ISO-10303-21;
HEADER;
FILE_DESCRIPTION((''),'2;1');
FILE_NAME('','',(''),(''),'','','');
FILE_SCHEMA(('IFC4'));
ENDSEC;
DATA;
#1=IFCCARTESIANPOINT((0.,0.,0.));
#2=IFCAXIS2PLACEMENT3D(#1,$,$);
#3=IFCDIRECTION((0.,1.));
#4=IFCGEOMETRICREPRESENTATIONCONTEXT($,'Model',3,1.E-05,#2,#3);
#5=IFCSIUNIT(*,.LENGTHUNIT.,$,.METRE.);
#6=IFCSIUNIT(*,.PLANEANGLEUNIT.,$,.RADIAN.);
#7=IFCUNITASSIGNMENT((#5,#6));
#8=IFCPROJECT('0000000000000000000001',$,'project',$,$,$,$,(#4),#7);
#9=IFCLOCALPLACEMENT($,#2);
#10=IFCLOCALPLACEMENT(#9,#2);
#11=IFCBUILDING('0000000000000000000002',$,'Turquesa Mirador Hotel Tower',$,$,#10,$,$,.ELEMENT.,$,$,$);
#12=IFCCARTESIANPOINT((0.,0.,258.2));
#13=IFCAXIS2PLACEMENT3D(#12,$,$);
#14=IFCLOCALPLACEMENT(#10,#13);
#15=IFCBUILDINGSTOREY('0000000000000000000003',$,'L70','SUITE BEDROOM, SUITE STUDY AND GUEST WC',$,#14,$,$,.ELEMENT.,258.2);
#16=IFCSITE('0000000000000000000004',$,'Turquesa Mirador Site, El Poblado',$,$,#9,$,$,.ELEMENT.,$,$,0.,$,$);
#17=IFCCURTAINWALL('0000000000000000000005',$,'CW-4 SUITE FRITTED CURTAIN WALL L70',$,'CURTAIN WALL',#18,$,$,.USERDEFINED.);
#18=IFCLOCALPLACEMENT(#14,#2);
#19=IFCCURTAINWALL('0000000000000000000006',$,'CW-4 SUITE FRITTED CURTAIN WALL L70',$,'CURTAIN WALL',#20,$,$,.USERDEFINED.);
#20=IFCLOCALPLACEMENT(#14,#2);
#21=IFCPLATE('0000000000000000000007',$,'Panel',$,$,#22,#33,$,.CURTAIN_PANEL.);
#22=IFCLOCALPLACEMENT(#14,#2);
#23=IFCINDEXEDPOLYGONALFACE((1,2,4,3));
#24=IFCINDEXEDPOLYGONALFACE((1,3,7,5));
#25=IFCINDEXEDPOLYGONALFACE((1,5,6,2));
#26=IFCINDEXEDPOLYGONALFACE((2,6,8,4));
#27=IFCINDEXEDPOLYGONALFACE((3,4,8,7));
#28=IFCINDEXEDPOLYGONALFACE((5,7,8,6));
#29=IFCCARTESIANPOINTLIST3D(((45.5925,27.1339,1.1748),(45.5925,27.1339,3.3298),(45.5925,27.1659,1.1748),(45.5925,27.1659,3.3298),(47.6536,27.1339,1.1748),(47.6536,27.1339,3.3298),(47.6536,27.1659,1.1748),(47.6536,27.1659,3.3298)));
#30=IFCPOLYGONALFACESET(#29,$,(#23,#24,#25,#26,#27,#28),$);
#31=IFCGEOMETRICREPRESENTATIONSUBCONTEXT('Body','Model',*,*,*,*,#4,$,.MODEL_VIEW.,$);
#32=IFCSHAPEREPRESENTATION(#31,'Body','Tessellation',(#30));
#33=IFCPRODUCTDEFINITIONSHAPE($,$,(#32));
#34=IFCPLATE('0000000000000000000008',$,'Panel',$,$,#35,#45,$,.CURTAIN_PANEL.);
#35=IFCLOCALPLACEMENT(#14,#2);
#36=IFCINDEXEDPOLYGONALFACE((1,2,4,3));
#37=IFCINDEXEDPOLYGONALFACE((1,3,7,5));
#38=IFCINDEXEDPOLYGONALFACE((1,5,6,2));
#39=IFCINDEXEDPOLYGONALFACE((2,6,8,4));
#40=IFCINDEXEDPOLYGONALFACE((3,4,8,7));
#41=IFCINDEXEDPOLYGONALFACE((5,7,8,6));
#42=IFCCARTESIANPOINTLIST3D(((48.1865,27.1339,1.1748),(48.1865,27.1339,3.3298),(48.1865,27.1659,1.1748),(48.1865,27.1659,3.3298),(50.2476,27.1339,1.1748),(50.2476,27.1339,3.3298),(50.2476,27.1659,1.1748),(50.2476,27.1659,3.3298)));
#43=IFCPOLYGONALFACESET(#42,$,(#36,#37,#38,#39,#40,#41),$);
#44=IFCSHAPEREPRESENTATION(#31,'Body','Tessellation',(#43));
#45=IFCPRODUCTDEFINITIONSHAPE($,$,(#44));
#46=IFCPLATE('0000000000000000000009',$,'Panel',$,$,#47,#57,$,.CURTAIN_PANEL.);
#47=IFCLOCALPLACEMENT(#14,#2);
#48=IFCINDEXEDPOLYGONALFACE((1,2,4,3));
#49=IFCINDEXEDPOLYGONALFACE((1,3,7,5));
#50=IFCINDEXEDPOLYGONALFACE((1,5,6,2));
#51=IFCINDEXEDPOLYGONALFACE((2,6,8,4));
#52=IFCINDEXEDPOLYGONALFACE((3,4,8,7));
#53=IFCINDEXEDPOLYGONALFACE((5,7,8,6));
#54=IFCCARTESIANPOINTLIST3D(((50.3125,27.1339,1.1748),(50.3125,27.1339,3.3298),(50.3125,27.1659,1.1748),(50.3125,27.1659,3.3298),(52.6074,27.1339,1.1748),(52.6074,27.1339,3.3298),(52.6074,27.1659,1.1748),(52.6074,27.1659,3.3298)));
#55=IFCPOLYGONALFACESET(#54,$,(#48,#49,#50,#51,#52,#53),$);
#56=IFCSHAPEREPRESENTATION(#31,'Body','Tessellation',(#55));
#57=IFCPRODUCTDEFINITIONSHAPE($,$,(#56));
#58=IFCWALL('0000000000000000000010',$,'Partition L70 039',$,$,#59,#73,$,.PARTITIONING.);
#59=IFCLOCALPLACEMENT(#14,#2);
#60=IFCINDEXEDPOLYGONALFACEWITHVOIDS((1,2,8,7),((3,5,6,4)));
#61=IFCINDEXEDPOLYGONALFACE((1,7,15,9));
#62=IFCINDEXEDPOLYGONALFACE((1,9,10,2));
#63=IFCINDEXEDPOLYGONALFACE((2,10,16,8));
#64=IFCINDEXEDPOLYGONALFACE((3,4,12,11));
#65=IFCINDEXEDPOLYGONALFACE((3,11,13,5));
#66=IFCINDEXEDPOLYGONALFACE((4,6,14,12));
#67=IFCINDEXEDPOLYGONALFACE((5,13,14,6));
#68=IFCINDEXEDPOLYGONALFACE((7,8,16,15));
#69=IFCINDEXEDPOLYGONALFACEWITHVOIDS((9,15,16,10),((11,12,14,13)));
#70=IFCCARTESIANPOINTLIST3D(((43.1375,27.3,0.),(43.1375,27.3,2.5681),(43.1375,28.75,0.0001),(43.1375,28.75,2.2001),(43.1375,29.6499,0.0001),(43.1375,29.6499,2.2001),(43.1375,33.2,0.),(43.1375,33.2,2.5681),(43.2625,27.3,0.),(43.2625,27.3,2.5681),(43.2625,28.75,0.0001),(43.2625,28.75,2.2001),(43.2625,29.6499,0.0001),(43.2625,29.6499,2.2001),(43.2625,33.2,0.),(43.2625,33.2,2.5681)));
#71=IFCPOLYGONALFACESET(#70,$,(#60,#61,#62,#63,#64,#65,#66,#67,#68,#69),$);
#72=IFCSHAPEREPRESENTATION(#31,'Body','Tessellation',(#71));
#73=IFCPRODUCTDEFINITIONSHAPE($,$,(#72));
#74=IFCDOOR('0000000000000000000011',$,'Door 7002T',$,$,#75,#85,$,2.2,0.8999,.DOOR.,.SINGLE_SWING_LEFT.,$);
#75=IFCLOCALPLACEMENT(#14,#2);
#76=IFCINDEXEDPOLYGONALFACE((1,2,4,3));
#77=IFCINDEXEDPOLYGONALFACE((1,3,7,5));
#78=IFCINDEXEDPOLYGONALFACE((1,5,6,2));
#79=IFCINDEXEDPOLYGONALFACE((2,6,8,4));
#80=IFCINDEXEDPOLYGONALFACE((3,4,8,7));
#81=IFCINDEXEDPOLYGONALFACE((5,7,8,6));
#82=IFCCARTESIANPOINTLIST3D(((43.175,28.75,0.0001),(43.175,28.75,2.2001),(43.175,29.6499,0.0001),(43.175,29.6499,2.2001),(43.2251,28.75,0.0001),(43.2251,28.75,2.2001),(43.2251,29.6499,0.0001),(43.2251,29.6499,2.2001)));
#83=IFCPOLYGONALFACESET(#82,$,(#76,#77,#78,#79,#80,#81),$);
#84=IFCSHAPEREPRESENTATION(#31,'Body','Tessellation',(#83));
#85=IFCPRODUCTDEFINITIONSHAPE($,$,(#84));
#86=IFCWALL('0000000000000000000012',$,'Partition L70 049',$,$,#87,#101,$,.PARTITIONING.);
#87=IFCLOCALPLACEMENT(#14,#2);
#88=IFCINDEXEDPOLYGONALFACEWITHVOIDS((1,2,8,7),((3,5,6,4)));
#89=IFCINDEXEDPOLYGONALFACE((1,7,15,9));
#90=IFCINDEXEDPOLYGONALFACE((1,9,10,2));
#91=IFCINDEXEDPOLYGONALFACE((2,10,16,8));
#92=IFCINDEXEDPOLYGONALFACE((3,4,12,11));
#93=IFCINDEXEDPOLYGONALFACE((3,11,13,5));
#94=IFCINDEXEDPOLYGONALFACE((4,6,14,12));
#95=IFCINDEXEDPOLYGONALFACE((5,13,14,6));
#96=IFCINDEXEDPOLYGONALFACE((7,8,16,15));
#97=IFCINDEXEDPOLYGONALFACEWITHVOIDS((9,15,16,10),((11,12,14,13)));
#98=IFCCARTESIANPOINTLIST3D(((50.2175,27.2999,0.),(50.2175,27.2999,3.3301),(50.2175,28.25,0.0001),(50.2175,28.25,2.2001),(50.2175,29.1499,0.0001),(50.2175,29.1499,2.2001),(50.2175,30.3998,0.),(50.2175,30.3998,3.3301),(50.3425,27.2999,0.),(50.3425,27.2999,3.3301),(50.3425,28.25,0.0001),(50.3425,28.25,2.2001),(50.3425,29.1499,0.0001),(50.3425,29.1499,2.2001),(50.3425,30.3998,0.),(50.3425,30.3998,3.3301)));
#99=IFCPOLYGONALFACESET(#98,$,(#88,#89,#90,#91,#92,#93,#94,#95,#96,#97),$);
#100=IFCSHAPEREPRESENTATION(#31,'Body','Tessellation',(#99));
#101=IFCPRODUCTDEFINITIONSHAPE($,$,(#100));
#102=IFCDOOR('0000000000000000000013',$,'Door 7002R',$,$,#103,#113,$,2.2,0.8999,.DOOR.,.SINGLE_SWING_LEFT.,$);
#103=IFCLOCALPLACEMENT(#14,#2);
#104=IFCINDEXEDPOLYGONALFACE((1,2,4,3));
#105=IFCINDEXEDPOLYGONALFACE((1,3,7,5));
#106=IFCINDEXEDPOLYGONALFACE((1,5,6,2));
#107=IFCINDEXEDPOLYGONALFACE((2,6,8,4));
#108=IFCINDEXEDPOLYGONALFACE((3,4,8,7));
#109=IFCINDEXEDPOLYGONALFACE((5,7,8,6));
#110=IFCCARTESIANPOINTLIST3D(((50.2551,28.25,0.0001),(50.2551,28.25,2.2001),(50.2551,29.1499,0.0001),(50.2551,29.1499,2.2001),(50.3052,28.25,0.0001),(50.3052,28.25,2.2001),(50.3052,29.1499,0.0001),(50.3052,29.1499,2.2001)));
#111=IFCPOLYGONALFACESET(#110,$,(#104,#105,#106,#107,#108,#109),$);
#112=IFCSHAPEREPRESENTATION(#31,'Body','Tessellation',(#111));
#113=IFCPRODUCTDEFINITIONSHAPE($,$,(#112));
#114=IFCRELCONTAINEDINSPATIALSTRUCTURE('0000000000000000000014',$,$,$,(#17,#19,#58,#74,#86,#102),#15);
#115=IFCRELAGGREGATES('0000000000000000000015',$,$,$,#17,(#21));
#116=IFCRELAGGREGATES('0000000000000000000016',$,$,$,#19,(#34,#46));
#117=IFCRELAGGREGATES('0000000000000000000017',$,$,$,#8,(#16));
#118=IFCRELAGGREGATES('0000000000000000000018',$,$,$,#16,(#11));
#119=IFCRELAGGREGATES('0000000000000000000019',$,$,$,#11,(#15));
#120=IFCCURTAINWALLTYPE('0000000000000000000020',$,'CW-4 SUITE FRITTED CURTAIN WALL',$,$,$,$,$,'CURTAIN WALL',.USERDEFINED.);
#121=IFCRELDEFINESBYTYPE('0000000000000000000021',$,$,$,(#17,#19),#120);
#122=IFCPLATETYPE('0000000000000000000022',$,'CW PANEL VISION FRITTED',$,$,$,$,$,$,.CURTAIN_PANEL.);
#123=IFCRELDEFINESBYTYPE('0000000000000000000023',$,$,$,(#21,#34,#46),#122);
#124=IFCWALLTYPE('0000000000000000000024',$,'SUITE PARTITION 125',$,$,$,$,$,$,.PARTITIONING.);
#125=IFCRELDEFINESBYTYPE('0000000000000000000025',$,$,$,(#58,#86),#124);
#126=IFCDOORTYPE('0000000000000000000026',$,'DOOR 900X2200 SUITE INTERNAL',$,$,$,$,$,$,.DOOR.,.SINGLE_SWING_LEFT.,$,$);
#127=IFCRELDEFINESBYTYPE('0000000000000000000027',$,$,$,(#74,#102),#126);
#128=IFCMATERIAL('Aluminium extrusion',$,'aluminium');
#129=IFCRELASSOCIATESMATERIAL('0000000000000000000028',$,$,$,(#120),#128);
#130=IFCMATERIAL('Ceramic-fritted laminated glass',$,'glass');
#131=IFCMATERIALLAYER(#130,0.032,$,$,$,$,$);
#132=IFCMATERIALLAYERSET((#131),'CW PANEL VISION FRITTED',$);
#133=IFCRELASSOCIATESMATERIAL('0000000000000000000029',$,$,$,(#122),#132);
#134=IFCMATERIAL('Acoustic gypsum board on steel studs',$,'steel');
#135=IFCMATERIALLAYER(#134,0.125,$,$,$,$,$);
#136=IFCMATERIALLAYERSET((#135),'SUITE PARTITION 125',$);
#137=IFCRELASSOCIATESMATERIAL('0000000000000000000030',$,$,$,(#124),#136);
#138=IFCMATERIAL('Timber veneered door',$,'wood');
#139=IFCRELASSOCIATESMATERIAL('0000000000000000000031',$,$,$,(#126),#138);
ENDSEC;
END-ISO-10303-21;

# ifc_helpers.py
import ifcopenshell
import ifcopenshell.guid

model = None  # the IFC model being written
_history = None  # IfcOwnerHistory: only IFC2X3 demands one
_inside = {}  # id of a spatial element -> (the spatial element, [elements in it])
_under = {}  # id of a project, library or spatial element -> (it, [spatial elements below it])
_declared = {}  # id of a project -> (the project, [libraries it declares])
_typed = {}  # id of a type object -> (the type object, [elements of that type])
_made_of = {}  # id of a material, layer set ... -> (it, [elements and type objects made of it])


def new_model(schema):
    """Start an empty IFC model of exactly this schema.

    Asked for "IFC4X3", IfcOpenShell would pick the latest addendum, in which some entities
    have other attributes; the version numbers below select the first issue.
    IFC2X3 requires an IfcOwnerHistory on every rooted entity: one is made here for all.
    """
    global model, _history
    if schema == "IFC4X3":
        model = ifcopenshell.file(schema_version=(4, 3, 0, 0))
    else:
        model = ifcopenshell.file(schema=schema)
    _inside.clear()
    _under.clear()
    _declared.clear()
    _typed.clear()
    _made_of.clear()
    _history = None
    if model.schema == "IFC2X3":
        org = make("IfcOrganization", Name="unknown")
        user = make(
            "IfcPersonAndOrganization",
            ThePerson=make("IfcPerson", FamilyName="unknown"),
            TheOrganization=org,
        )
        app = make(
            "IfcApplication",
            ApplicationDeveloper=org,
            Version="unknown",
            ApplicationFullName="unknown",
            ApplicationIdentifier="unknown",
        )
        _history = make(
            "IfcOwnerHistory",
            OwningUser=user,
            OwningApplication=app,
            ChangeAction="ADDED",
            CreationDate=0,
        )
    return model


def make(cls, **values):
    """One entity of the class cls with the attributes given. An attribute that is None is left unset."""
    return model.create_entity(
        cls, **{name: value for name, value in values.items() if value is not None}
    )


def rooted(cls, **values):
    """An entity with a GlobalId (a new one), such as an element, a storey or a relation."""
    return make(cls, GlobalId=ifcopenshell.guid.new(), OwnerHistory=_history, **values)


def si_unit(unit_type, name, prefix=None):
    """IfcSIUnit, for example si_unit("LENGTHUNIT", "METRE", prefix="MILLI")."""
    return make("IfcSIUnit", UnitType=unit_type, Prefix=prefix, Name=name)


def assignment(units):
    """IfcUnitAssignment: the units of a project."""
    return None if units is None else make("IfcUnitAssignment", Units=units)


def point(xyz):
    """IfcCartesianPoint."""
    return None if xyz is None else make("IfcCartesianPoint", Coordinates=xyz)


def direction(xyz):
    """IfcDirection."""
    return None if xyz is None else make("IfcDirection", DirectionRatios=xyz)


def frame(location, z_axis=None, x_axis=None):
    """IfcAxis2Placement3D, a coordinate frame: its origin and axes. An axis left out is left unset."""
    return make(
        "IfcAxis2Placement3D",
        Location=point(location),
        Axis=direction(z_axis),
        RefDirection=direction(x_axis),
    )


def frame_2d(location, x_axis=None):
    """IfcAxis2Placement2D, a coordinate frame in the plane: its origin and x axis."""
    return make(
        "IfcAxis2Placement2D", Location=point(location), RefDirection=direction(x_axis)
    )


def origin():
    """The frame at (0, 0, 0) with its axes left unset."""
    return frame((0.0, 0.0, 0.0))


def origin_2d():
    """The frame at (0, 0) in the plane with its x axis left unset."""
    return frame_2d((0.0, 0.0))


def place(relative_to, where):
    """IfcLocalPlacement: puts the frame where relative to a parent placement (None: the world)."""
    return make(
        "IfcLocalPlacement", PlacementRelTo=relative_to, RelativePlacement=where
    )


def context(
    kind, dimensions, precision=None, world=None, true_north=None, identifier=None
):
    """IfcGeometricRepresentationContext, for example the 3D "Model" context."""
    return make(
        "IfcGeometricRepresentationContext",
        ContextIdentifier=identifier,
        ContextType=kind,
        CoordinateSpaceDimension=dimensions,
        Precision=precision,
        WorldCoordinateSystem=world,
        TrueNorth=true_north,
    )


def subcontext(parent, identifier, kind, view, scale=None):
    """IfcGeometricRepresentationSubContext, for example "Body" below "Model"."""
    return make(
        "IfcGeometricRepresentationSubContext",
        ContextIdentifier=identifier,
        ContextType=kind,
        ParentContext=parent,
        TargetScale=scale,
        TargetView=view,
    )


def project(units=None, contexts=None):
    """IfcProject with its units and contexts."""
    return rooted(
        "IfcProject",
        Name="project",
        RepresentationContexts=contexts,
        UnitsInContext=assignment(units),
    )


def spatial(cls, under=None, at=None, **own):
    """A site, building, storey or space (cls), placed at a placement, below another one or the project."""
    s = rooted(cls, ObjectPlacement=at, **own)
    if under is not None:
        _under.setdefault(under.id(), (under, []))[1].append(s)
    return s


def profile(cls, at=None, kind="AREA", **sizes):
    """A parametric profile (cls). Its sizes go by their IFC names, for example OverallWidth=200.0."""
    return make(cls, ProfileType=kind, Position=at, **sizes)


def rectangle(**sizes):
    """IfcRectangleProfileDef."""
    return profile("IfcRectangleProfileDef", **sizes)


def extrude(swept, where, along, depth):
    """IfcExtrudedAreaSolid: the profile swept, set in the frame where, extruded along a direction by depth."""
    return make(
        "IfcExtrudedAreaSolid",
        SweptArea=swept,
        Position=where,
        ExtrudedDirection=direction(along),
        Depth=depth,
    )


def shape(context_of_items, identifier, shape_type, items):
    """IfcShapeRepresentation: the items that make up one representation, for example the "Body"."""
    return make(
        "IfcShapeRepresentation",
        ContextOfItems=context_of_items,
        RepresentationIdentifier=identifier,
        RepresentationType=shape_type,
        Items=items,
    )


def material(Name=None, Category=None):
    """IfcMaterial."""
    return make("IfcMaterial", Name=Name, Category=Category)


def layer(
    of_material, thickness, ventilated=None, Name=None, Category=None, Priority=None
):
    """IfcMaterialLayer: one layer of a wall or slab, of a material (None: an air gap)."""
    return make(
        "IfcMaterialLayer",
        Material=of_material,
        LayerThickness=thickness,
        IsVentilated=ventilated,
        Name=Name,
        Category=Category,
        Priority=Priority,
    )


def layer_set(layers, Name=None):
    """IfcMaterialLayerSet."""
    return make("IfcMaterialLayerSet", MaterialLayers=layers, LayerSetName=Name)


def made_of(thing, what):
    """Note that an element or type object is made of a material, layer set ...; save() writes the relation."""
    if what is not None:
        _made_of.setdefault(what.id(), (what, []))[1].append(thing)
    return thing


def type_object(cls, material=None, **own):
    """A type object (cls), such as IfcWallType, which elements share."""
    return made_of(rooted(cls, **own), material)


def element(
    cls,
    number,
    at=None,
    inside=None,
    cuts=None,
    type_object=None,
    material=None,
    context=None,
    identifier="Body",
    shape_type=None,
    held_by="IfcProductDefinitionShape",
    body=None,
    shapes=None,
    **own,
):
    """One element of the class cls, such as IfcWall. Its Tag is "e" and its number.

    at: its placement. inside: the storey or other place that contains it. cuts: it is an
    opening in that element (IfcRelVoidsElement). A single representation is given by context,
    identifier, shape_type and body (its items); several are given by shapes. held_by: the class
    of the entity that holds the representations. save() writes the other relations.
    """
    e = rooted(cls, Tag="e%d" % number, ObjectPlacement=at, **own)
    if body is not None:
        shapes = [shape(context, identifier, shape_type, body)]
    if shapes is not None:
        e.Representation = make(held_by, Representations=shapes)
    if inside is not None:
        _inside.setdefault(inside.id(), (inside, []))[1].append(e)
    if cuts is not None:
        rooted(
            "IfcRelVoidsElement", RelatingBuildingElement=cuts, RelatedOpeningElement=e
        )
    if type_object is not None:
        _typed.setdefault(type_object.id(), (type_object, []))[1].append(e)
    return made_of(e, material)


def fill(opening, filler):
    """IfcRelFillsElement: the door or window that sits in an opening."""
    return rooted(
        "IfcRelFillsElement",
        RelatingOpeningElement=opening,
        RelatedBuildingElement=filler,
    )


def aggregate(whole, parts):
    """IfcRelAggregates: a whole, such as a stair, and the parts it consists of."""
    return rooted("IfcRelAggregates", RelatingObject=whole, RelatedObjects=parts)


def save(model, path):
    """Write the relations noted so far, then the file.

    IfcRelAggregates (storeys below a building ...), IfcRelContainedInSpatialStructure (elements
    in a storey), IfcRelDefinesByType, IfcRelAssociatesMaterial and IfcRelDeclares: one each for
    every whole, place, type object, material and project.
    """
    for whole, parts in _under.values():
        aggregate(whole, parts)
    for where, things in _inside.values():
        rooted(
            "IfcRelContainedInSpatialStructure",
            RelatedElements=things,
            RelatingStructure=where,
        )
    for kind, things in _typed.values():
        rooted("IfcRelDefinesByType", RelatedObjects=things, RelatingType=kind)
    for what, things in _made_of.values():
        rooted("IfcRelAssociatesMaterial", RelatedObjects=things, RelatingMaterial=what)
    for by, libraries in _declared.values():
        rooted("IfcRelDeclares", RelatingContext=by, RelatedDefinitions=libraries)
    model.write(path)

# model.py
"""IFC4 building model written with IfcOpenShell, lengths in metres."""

from ifc_helpers import new_model, si_unit, direction, frame, frame_2d, origin, origin_2d, place, context, subcontext, project, spatial, rectangle, extrude, material, layer, layer_set, type_object, element, fill, aggregate, save


model = new_model("IFC4")

# Units and contexts
model_context = context("Model", 3, precision=1e-05, world=origin(), true_north=direction((0.0, 1.0)))
body_context = subcontext(model_context, "Body", "Model", "MODEL_VIEW")
ifc_project = project(units=[si_unit("LENGTHUNIT", "METRE"), si_unit("PLANEANGLEUNIT", "RADIAN")], contexts=[model_context])

# Site, building, storey
site_placement = place(None, origin())
site = spatial("IfcSite", under=ifc_project, at=site_placement, Name="Turquesa Mirador Site, El Poblado", CompositionType="ELEMENT", RefElevation=0.0)
building_placement = place(site_placement, origin())
building = spatial("IfcBuilding", under=site, at=building_placement, Name="Turquesa Mirador Hotel Tower", CompositionType="ELEMENT")
storey_placement = place(building_placement, frame((0.0, 0.0, 258.2)))
storey = spatial("IfcBuildingStorey", under=building, at=storey_placement, Name="L70", Description="SUITE BEDROOM, SUITE STUDY AND GUEST WC", CompositionType="ELEMENT", Elevation=258.2)

# Curtain walls
ifc_material_1 = material(Name="Aluminium extrusion", Category="aluminium")
curtain_wall_type = type_object("IfcCurtainWallType", Name="CW-4 SUITE FRITTED CURTAIN WALL", ElementType="CURTAIN WALL", PredefinedType="USERDEFINED", material=ifc_material_1)
curtain_wall_1_placement = place(storey_placement, origin())
curtain_wall_1 = element("IfcCurtainWall", 1, at=curtain_wall_1_placement, inside=storey, type_object=curtain_wall_type, Name="CW-4 SUITE FRITTED CURTAIN WALL L70", ObjectType="CURTAIN WALL", PredefinedType="USERDEFINED")
curtain_wall_2_placement = place(storey_placement, origin())
curtain_wall_2 = element("IfcCurtainWall", 2, at=curtain_wall_2_placement, inside=storey, type_object=curtain_wall_type, Name="CW-4 SUITE FRITTED CURTAIN WALL L70", ObjectType="CURTAIN WALL", PredefinedType="USERDEFINED")

# Plates
ifc_material_2 = material(Name="Ceramic-fritted laminated glass", Category="glass")
ifc_layer_1 = layer(ifc_material_2, 0.032)
ifc_layer_set_1 = layer_set([ifc_layer_1], Name="CW PANEL VISION FRITTED")
plate_type_1 = type_object("IfcPlateType", Name="CW PANEL VISION FRITTED", PredefinedType="CURTAIN_PANEL", material=ifc_layer_set_1)
plate_1_placement = place(storey_placement, frame((46.623, 27.1499, 1.1748), z_axis=(0.0, 0.0, 1.0), x_axis=(1.0, 0.0, 0.0)))
plate_1 = element("IfcPlate", 3, at=plate_1_placement, type_object=plate_type_1, Name="Panel", PredefinedType="CURTAIN_PANEL", context=body_context, shape_type="SweptSolid", body=[
    extrude(rectangle(XDim=2.061, YDim=0.032, at=origin_2d()), origin(), (0.0, 0.0, 1.0), 2.155),
])
aggregate(curtain_wall_1, [plate_1])
plate_2_placement = place(storey_placement, frame((49.217, 27.1499, 1.1748), z_axis=(0.0, 0.0, 1.0), x_axis=(1.0, 0.0, 0.0)))
plate_2 = element("IfcPlate", 4, at=plate_2_placement, type_object=plate_type_1, Name="Panel", PredefinedType="CURTAIN_PANEL", context=body_context, shape_type="SweptSolid", body=[
    extrude(rectangle(XDim=2.061, YDim=0.032, at=origin_2d()), origin(), (0.0, 0.0, 1.0), 2.155),
])
plate_3_placement = place(storey_placement, frame((51.46, 27.1499, 1.1748), z_axis=(0.0, 0.0, 1.0), x_axis=(1.0, 0.0, 0.0)))
plate_3 = element("IfcPlate", 5, at=plate_3_placement, type_object=plate_type_1, Name="Panel", PredefinedType="CURTAIN_PANEL", context=body_context, shape_type="SweptSolid", body=[
    extrude(rectangle(XDim=2.2949, YDim=0.032, at=origin_2d()), origin(), (0.0, 0.0, 1.0), 2.155),
])
aggregate(curtain_wall_2, [plate_2, plate_3])

# Walls, openings, doors
ifc_material_3 = material(Name="Acoustic gypsum board on steel studs", Category="steel")
ifc_layer_2 = layer(ifc_material_3, 0.125)
ifc_layer_set_2 = layer_set([ifc_layer_2], Name="SUITE PARTITION 125")
wall_type = type_object("IfcWallType", Name="SUITE PARTITION 125", PredefinedType="PARTITIONING", material=ifc_layer_set_2)
wall_1_placement = place(storey_placement, frame((43.2, 27.3, 0.0), z_axis=(0.0, 0.0, 1.0), x_axis=(0.0, 1.0, 0.0)))
wall_1 = element("IfcWall", 6, at=wall_1_placement, inside=storey, type_object=wall_type, Name="Partition L70 039", PredefinedType="PARTITIONING", context=body_context, shape_type="SweptSolid", body=[
    extrude(rectangle(XDim=5.8999, YDim=0.125, at=frame_2d((2.95, 0.0))), origin(), (0.0, 0.0, 1.0), 2.5681),
])
opening_1_placement = place(wall_1_placement, frame((1.45, 0.0, 0.0)))
opening_1 = element("IfcOpeningElement", 7, at=opening_1_placement, cuts=wall_1, PredefinedType="OPENING", context=body_context, shape_type="SweptSolid", body=[
    extrude(rectangle(XDim=0.8999, YDim=2.2, at=frame_2d((0.45, 1.1001))), frame((0.0, 0.0725, 0.0), z_axis=(0.0, -1.0, 0.0), x_axis=(1.0, 0.0, 0.0)), (0.0, 0.0, 1.0), 0.145),
])
ifc_material_4 = material(Name="Timber veneered door", Category="wood")
door_type = type_object("IfcDoorType", Name="DOOR 900X2200 SUITE INTERNAL", OperationType="SINGLE_SWING_LEFT", PredefinedType="DOOR", material=ifc_material_4)
door_1_placement = place(opening_1_placement, origin())
door_1 = element("IfcDoor", 8, at=door_1_placement, inside=storey, type_object=door_type, Name="Door 7002T", OperationType="SINGLE_SWING_LEFT", OverallHeight=2.2, OverallWidth=0.8999, PredefinedType="DOOR", context=body_context, shape_type="SweptSolid", body=[
    extrude(rectangle(XDim=0.8999, YDim=2.2, at=frame_2d((0.45, 1.1001))), frame((0.0, 0.0249, 0.0), z_axis=(0.0, -1.0, 0.0), x_axis=(1.0, 0.0, 0.0)), (0.0, 0.0, 1.0), 0.05),
])
fill(opening_1, door_1)
wall_2_placement = place(storey_placement, frame((50.28, 27.3, 0.0), z_axis=(0.0, 0.0, 1.0), x_axis=(0.0, 1.0, 0.0)))
wall_2 = element("IfcWall", 9, at=wall_2_placement, inside=storey, type_object=wall_type, Name="Partition L70 049", PredefinedType="PARTITIONING", context=body_context, shape_type="SweptSolid", body=[
    extrude(rectangle(XDim=3.0999, YDim=0.125, at=frame_2d((1.5498, 0.0))), origin(), (0.0, 0.0, 1.0), 3.3301),
])
opening_2_placement = place(wall_2_placement, frame((0.95, 0.0, 0.0)))
opening_2 = element("IfcOpeningElement", 10, at=opening_2_placement, cuts=wall_2, PredefinedType="OPENING", context=body_context, shape_type="SweptSolid", body=[
    extrude(rectangle(XDim=0.8999, YDim=2.2, at=frame_2d((0.45, 1.1001))), frame((0.0, 0.0725, 0.0), z_axis=(0.0, -1.0, 0.0), x_axis=(1.0, 0.0, 0.0)), (0.0, 0.0, 1.0), 0.145),
])
door_2_placement = place(opening_2_placement, origin())
door_2 = element("IfcDoor", 11, at=door_2_placement, inside=storey, type_object=door_type, Name="Door 7002R", OperationType="SINGLE_SWING_LEFT", OverallHeight=2.2, OverallWidth=0.8999, PredefinedType="DOOR", context=body_context, shape_type="SweptSolid", body=[
    extrude(rectangle(XDim=0.8999, YDim=2.2, at=frame_2d((0.45, 1.1001))), frame((0.0, 0.0249, 0.0), z_axis=(0.0, -1.0, 0.0), x_axis=(1.0, 0.0, 0.0)), (0.0, 0.0, 1.0), 0.05),
])
fill(opening_2, door_2)

save(model, "model.ifc")
